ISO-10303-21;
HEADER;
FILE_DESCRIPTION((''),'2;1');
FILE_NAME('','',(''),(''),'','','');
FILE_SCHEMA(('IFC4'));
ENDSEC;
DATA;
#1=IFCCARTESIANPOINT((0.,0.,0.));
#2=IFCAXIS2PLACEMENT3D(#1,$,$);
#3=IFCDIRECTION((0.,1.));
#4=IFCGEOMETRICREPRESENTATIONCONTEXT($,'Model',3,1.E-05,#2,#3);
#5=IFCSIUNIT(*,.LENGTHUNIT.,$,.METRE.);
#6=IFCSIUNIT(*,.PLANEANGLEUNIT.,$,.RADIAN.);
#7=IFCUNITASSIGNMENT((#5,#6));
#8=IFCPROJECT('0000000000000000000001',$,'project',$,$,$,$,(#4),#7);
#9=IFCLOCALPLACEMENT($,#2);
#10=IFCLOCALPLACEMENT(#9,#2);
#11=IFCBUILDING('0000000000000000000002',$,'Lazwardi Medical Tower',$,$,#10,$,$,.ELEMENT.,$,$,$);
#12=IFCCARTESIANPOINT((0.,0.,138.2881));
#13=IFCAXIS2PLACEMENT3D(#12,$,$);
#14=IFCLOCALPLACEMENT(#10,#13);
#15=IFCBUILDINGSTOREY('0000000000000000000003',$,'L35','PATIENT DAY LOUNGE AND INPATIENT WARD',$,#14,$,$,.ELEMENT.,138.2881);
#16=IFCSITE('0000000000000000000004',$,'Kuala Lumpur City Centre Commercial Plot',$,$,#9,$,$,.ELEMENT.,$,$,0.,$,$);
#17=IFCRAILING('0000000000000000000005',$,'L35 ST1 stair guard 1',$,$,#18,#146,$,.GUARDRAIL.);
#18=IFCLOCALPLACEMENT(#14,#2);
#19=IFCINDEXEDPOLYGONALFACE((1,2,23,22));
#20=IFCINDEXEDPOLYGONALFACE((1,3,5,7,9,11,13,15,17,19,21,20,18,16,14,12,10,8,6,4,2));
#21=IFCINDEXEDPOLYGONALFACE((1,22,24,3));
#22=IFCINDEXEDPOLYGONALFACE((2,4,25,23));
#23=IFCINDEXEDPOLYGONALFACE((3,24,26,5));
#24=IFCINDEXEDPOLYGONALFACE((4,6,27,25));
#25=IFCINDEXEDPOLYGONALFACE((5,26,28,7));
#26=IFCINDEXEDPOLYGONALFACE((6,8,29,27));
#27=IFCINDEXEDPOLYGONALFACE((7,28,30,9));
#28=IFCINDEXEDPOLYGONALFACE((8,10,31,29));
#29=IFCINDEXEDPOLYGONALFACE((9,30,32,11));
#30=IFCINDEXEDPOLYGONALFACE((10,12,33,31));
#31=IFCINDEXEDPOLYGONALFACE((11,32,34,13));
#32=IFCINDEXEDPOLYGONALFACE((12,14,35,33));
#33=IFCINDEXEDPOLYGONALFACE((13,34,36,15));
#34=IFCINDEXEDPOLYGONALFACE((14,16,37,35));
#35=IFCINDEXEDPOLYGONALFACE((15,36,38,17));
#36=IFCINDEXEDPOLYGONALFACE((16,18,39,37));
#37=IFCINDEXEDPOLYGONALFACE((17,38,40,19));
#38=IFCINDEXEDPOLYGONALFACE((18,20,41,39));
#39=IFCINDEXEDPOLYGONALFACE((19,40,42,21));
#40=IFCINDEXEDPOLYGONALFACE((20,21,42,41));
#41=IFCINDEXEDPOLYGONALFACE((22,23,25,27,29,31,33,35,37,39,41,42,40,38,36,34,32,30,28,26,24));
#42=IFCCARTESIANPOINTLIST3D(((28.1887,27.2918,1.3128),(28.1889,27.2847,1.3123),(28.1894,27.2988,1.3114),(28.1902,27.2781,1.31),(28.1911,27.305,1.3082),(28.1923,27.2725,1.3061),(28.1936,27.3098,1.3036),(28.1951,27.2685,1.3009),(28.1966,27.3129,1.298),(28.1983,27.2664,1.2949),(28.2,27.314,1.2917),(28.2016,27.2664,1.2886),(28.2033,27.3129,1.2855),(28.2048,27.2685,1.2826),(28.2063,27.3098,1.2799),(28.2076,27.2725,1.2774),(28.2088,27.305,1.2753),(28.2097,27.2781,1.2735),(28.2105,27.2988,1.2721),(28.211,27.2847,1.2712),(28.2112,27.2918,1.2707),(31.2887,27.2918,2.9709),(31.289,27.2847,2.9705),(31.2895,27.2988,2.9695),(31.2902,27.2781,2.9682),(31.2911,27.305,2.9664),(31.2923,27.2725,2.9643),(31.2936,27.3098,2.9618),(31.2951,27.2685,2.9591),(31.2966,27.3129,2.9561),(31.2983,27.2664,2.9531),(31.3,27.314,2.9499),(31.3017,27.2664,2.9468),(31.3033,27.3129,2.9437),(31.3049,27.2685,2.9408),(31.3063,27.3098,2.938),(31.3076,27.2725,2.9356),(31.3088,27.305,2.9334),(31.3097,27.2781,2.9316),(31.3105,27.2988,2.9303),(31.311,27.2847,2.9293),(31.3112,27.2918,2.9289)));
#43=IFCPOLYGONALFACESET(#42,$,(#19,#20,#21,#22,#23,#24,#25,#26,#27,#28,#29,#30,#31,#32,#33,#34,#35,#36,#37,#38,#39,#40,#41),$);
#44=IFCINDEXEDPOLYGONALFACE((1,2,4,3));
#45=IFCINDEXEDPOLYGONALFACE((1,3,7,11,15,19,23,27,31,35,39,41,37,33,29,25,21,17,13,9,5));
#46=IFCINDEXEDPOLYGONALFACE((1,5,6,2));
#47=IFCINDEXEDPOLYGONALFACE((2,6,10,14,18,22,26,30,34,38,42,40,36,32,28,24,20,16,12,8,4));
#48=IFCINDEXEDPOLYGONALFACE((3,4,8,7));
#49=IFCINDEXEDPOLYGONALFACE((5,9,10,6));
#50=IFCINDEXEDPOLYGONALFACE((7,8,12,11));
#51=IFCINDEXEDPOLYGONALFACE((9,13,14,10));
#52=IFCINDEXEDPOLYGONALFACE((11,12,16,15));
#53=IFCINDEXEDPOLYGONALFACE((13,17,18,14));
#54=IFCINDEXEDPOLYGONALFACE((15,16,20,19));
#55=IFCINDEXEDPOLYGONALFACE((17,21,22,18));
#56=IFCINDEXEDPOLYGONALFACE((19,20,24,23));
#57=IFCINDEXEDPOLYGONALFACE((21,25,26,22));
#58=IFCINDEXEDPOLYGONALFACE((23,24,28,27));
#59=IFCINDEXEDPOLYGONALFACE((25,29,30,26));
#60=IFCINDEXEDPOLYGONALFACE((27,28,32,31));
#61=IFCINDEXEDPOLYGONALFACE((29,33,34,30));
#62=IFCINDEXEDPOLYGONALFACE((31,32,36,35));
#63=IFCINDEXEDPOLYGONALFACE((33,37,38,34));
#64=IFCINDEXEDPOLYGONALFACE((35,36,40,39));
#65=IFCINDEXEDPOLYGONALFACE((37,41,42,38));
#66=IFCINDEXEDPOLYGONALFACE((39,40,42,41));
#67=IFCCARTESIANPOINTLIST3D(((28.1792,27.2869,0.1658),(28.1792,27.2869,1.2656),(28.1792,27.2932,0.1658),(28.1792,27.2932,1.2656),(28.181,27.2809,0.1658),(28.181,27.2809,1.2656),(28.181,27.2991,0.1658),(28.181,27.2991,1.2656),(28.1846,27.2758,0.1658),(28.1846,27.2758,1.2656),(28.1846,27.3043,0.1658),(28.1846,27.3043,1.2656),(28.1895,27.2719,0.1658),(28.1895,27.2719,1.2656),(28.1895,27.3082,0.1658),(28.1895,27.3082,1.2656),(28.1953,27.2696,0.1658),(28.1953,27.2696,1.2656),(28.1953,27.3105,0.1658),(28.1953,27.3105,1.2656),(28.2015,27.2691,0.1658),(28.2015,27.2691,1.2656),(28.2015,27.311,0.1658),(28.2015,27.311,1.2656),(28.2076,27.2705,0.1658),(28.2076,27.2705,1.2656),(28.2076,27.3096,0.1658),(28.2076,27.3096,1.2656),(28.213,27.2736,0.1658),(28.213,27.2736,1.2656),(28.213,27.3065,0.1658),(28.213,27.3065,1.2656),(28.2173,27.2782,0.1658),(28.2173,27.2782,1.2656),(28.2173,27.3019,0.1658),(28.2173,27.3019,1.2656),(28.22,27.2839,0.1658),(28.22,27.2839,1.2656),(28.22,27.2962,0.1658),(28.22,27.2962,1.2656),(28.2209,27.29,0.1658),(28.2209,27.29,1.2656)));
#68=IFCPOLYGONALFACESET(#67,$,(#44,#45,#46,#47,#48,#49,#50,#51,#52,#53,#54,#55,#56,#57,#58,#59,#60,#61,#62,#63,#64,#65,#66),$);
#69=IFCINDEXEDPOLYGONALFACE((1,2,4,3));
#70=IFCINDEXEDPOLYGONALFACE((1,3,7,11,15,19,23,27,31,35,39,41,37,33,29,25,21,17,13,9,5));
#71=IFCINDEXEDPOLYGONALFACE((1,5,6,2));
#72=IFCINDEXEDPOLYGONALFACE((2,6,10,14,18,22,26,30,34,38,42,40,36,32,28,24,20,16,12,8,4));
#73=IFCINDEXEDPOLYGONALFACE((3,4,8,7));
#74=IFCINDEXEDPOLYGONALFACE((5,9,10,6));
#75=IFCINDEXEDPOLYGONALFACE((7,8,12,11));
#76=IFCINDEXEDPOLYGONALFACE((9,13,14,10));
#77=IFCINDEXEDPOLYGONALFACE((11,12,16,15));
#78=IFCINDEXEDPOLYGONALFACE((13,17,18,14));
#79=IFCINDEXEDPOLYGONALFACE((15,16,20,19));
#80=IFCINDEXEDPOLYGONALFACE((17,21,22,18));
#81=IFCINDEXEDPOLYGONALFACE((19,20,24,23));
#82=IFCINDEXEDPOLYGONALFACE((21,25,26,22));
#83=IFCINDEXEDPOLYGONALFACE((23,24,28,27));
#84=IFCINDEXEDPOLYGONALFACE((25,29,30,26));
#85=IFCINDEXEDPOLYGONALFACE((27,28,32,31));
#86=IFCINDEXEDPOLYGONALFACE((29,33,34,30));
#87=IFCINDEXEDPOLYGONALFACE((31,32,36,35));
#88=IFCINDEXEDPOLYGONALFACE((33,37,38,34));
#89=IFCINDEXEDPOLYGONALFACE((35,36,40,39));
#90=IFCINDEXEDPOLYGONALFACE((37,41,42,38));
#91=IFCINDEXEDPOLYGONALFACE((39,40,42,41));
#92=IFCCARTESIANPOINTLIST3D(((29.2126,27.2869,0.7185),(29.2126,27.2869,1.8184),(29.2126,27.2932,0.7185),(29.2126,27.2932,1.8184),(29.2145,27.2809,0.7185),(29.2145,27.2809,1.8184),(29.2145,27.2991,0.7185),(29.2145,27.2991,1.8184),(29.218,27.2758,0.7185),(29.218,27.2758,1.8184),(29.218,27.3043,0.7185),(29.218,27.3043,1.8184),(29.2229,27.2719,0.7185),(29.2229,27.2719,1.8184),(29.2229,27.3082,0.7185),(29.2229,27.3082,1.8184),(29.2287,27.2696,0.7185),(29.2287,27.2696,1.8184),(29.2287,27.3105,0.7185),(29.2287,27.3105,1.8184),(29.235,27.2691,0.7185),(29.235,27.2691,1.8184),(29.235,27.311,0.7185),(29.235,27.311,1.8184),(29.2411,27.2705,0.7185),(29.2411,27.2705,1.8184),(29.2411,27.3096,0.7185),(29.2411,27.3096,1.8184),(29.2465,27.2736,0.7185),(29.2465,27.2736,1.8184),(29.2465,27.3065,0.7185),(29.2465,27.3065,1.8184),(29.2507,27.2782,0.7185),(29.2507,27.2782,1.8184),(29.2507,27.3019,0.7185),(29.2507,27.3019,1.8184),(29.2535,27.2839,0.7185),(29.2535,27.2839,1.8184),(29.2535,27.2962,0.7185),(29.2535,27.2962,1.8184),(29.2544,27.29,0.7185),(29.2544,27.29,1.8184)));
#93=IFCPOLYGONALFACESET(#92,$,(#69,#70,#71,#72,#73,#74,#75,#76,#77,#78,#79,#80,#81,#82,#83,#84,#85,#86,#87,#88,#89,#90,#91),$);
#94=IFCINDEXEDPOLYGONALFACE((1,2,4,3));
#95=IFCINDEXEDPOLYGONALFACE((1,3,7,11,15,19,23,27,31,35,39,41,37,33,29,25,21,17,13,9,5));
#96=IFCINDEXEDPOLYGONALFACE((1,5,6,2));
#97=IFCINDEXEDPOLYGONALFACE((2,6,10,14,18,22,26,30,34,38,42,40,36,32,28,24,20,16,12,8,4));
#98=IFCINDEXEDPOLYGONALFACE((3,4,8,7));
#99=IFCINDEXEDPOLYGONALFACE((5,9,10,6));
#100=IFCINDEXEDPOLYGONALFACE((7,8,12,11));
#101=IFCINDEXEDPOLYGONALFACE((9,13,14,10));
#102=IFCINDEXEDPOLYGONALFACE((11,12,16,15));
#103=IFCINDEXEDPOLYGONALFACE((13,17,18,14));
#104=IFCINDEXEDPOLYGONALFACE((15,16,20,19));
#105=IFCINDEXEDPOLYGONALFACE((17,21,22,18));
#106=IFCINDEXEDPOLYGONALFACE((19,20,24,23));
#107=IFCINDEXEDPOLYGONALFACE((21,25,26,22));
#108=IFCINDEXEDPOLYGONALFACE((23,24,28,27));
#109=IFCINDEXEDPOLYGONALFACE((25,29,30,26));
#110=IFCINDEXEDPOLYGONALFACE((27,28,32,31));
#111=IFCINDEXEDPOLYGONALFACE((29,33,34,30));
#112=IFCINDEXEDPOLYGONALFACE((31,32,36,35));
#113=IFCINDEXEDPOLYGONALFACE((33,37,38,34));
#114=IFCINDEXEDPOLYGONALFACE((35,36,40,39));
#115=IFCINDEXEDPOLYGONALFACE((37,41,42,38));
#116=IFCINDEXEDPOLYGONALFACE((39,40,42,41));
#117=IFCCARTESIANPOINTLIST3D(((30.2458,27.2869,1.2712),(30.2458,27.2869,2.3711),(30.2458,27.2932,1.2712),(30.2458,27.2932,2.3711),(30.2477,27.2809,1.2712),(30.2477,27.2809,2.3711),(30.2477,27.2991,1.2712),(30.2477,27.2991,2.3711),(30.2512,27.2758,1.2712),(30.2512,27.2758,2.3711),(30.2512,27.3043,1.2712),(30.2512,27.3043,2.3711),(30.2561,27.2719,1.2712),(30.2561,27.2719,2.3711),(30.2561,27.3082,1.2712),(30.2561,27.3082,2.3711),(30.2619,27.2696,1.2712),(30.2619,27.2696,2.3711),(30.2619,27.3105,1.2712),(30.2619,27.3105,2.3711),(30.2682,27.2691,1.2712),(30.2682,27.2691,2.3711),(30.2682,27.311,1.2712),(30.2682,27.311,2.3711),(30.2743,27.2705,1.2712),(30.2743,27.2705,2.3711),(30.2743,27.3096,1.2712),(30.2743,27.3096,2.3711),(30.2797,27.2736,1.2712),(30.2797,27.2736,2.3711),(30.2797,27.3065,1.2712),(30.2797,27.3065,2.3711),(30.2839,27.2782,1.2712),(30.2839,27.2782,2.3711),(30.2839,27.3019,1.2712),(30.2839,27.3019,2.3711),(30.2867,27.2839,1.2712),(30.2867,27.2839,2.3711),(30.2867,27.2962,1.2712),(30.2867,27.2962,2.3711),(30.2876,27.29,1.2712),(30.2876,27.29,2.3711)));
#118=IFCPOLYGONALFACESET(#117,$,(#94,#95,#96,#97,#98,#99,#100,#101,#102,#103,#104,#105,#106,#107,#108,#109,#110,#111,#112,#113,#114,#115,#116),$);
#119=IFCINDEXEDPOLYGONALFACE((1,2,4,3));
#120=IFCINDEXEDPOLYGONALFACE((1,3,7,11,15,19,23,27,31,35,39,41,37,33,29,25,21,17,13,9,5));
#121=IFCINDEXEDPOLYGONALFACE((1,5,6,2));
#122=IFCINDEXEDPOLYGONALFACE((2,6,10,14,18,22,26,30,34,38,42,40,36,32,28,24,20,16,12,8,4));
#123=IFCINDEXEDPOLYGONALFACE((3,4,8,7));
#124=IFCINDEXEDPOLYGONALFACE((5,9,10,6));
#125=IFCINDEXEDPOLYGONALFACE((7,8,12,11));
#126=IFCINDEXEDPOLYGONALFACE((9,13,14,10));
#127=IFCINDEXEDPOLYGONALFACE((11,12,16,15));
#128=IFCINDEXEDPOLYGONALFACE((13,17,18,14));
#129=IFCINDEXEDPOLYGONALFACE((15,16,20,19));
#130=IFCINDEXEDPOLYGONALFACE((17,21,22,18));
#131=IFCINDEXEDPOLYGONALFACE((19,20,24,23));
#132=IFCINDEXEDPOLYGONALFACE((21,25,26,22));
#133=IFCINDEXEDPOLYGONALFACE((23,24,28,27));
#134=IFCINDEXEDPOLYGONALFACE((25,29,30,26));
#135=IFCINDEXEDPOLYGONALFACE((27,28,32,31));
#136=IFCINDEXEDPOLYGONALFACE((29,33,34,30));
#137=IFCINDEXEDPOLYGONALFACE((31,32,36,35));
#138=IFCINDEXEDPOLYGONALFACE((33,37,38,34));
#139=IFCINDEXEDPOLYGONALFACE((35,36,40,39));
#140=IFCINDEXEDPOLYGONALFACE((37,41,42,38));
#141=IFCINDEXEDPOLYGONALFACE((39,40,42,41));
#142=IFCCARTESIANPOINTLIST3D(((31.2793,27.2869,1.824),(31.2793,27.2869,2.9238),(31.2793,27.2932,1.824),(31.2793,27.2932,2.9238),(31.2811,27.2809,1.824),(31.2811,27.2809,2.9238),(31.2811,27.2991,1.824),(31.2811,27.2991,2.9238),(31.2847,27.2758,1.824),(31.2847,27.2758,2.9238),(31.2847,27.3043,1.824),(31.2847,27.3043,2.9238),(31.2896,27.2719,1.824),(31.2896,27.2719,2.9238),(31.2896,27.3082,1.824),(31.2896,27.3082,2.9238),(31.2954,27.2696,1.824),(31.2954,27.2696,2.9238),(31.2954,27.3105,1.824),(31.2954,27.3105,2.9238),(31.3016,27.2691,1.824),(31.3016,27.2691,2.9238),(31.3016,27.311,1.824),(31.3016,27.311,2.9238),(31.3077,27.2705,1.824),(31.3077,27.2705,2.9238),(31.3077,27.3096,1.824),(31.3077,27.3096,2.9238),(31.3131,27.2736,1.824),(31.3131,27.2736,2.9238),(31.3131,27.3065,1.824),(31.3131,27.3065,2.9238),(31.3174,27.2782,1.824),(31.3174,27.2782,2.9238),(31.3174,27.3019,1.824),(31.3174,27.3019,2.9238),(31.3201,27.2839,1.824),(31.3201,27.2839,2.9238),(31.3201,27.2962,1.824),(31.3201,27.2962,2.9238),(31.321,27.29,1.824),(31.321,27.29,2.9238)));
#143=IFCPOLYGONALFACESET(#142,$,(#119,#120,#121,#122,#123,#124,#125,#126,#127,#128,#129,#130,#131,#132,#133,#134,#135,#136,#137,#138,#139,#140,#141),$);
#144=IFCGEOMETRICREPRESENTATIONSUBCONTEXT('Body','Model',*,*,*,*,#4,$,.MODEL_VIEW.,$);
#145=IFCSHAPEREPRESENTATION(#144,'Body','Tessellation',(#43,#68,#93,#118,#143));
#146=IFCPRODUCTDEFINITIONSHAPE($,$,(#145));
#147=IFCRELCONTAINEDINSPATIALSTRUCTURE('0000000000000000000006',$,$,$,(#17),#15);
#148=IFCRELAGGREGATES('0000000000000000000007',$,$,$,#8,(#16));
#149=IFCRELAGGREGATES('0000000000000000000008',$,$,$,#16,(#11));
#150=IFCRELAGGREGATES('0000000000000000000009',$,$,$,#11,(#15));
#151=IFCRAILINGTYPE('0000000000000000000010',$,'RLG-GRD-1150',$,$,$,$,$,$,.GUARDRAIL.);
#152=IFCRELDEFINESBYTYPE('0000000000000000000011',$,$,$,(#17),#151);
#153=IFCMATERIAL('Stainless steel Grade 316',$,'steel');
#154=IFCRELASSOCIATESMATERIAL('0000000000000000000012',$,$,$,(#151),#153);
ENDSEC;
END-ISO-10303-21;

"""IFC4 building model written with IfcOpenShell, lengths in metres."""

from ifc_helpers import new_model, si_unit, direction, frame, origin, origin_2d, place, context, subcontext, project, spatial, circle, extrude, material, type_object, element, save


model = new_model("IFC4")

# Units and contexts
model_context = context("Model", 3, precision=1e-05, world=origin(), true_north=direction((0.0, 1.0)))
body_context = subcontext(model_context, "Body", "Model", "MODEL_VIEW")
ifc_project = project(units=[si_unit("LENGTHUNIT", "METRE"), si_unit("PLANEANGLEUNIT", "RADIAN")], contexts=[model_context])

# Site, building, storey
site_placement = place(None, origin())
site = spatial("IfcSite", under=ifc_project, at=site_placement, Name="Kuala Lumpur City Centre Commercial Plot", CompositionType="ELEMENT", RefElevation=0.0)
building_placement = place(site_placement, origin())
building = spatial("IfcBuilding", under=site, at=building_placement, Name="Lazwardi Medical Tower", CompositionType="ELEMENT")
storey_placement = place(building_placement, frame((0.0, 0.0, 138.2881)))
storey = spatial("IfcBuildingStorey", under=building, at=storey_placement, Name="L35", Description="PATIENT DAY LOUNGE AND INPATIENT WARD", CompositionType="ELEMENT", Elevation=138.2881)

# Railing
ifc_material_1 = material(Name="Stainless steel Grade 316", Category="steel")
railing_type_1 = type_object("IfcRailingType", Name="RLG-GRD-1150", PredefinedType="GUARDRAIL", material=ifc_material_1)
railing_1_placement = place(storey_placement, frame((28.2, 27.29, 0.1658)))
element("IfcRailing", 1, at=railing_1_placement, inside=storey, type_object=railing_type_1, Name="L35 ST1 stair guard 1", PredefinedType="GUARDRAIL", context=body_context, shape_type="SweptSolid", body=[
    extrude(circle(Radius=0.0239, at=origin_2d()), frame((0.0, 0.0, 1.126), z_axis=(0.881783, 0.0, 0.471655), x_axis=(0.0, 1.0, 0.0)), (0.0, 0.0, 1.0), 3.5156),
    extrude(circle(Radius=0.021, at=origin_2d()), origin(), (0.0, 0.0, 1.0), 1.0999),
    extrude(circle(Radius=0.021, at=origin_2d()), frame((1.0334, 0.0, 0.5527)), (0.0, 0.0, 1.0), 1.0999),
    extrude(circle(Radius=0.021, at=origin_2d()), frame((2.0667, 0.0, 1.1055)), (0.0, 0.0, 1.0), 1.0999),
    extrude(circle(Radius=0.021, at=origin_2d()), frame((3.1001, 0.0, 1.6582)), (0.0, 0.0, 1.0), 1.0999),
])

save(model, "model.ifc")
